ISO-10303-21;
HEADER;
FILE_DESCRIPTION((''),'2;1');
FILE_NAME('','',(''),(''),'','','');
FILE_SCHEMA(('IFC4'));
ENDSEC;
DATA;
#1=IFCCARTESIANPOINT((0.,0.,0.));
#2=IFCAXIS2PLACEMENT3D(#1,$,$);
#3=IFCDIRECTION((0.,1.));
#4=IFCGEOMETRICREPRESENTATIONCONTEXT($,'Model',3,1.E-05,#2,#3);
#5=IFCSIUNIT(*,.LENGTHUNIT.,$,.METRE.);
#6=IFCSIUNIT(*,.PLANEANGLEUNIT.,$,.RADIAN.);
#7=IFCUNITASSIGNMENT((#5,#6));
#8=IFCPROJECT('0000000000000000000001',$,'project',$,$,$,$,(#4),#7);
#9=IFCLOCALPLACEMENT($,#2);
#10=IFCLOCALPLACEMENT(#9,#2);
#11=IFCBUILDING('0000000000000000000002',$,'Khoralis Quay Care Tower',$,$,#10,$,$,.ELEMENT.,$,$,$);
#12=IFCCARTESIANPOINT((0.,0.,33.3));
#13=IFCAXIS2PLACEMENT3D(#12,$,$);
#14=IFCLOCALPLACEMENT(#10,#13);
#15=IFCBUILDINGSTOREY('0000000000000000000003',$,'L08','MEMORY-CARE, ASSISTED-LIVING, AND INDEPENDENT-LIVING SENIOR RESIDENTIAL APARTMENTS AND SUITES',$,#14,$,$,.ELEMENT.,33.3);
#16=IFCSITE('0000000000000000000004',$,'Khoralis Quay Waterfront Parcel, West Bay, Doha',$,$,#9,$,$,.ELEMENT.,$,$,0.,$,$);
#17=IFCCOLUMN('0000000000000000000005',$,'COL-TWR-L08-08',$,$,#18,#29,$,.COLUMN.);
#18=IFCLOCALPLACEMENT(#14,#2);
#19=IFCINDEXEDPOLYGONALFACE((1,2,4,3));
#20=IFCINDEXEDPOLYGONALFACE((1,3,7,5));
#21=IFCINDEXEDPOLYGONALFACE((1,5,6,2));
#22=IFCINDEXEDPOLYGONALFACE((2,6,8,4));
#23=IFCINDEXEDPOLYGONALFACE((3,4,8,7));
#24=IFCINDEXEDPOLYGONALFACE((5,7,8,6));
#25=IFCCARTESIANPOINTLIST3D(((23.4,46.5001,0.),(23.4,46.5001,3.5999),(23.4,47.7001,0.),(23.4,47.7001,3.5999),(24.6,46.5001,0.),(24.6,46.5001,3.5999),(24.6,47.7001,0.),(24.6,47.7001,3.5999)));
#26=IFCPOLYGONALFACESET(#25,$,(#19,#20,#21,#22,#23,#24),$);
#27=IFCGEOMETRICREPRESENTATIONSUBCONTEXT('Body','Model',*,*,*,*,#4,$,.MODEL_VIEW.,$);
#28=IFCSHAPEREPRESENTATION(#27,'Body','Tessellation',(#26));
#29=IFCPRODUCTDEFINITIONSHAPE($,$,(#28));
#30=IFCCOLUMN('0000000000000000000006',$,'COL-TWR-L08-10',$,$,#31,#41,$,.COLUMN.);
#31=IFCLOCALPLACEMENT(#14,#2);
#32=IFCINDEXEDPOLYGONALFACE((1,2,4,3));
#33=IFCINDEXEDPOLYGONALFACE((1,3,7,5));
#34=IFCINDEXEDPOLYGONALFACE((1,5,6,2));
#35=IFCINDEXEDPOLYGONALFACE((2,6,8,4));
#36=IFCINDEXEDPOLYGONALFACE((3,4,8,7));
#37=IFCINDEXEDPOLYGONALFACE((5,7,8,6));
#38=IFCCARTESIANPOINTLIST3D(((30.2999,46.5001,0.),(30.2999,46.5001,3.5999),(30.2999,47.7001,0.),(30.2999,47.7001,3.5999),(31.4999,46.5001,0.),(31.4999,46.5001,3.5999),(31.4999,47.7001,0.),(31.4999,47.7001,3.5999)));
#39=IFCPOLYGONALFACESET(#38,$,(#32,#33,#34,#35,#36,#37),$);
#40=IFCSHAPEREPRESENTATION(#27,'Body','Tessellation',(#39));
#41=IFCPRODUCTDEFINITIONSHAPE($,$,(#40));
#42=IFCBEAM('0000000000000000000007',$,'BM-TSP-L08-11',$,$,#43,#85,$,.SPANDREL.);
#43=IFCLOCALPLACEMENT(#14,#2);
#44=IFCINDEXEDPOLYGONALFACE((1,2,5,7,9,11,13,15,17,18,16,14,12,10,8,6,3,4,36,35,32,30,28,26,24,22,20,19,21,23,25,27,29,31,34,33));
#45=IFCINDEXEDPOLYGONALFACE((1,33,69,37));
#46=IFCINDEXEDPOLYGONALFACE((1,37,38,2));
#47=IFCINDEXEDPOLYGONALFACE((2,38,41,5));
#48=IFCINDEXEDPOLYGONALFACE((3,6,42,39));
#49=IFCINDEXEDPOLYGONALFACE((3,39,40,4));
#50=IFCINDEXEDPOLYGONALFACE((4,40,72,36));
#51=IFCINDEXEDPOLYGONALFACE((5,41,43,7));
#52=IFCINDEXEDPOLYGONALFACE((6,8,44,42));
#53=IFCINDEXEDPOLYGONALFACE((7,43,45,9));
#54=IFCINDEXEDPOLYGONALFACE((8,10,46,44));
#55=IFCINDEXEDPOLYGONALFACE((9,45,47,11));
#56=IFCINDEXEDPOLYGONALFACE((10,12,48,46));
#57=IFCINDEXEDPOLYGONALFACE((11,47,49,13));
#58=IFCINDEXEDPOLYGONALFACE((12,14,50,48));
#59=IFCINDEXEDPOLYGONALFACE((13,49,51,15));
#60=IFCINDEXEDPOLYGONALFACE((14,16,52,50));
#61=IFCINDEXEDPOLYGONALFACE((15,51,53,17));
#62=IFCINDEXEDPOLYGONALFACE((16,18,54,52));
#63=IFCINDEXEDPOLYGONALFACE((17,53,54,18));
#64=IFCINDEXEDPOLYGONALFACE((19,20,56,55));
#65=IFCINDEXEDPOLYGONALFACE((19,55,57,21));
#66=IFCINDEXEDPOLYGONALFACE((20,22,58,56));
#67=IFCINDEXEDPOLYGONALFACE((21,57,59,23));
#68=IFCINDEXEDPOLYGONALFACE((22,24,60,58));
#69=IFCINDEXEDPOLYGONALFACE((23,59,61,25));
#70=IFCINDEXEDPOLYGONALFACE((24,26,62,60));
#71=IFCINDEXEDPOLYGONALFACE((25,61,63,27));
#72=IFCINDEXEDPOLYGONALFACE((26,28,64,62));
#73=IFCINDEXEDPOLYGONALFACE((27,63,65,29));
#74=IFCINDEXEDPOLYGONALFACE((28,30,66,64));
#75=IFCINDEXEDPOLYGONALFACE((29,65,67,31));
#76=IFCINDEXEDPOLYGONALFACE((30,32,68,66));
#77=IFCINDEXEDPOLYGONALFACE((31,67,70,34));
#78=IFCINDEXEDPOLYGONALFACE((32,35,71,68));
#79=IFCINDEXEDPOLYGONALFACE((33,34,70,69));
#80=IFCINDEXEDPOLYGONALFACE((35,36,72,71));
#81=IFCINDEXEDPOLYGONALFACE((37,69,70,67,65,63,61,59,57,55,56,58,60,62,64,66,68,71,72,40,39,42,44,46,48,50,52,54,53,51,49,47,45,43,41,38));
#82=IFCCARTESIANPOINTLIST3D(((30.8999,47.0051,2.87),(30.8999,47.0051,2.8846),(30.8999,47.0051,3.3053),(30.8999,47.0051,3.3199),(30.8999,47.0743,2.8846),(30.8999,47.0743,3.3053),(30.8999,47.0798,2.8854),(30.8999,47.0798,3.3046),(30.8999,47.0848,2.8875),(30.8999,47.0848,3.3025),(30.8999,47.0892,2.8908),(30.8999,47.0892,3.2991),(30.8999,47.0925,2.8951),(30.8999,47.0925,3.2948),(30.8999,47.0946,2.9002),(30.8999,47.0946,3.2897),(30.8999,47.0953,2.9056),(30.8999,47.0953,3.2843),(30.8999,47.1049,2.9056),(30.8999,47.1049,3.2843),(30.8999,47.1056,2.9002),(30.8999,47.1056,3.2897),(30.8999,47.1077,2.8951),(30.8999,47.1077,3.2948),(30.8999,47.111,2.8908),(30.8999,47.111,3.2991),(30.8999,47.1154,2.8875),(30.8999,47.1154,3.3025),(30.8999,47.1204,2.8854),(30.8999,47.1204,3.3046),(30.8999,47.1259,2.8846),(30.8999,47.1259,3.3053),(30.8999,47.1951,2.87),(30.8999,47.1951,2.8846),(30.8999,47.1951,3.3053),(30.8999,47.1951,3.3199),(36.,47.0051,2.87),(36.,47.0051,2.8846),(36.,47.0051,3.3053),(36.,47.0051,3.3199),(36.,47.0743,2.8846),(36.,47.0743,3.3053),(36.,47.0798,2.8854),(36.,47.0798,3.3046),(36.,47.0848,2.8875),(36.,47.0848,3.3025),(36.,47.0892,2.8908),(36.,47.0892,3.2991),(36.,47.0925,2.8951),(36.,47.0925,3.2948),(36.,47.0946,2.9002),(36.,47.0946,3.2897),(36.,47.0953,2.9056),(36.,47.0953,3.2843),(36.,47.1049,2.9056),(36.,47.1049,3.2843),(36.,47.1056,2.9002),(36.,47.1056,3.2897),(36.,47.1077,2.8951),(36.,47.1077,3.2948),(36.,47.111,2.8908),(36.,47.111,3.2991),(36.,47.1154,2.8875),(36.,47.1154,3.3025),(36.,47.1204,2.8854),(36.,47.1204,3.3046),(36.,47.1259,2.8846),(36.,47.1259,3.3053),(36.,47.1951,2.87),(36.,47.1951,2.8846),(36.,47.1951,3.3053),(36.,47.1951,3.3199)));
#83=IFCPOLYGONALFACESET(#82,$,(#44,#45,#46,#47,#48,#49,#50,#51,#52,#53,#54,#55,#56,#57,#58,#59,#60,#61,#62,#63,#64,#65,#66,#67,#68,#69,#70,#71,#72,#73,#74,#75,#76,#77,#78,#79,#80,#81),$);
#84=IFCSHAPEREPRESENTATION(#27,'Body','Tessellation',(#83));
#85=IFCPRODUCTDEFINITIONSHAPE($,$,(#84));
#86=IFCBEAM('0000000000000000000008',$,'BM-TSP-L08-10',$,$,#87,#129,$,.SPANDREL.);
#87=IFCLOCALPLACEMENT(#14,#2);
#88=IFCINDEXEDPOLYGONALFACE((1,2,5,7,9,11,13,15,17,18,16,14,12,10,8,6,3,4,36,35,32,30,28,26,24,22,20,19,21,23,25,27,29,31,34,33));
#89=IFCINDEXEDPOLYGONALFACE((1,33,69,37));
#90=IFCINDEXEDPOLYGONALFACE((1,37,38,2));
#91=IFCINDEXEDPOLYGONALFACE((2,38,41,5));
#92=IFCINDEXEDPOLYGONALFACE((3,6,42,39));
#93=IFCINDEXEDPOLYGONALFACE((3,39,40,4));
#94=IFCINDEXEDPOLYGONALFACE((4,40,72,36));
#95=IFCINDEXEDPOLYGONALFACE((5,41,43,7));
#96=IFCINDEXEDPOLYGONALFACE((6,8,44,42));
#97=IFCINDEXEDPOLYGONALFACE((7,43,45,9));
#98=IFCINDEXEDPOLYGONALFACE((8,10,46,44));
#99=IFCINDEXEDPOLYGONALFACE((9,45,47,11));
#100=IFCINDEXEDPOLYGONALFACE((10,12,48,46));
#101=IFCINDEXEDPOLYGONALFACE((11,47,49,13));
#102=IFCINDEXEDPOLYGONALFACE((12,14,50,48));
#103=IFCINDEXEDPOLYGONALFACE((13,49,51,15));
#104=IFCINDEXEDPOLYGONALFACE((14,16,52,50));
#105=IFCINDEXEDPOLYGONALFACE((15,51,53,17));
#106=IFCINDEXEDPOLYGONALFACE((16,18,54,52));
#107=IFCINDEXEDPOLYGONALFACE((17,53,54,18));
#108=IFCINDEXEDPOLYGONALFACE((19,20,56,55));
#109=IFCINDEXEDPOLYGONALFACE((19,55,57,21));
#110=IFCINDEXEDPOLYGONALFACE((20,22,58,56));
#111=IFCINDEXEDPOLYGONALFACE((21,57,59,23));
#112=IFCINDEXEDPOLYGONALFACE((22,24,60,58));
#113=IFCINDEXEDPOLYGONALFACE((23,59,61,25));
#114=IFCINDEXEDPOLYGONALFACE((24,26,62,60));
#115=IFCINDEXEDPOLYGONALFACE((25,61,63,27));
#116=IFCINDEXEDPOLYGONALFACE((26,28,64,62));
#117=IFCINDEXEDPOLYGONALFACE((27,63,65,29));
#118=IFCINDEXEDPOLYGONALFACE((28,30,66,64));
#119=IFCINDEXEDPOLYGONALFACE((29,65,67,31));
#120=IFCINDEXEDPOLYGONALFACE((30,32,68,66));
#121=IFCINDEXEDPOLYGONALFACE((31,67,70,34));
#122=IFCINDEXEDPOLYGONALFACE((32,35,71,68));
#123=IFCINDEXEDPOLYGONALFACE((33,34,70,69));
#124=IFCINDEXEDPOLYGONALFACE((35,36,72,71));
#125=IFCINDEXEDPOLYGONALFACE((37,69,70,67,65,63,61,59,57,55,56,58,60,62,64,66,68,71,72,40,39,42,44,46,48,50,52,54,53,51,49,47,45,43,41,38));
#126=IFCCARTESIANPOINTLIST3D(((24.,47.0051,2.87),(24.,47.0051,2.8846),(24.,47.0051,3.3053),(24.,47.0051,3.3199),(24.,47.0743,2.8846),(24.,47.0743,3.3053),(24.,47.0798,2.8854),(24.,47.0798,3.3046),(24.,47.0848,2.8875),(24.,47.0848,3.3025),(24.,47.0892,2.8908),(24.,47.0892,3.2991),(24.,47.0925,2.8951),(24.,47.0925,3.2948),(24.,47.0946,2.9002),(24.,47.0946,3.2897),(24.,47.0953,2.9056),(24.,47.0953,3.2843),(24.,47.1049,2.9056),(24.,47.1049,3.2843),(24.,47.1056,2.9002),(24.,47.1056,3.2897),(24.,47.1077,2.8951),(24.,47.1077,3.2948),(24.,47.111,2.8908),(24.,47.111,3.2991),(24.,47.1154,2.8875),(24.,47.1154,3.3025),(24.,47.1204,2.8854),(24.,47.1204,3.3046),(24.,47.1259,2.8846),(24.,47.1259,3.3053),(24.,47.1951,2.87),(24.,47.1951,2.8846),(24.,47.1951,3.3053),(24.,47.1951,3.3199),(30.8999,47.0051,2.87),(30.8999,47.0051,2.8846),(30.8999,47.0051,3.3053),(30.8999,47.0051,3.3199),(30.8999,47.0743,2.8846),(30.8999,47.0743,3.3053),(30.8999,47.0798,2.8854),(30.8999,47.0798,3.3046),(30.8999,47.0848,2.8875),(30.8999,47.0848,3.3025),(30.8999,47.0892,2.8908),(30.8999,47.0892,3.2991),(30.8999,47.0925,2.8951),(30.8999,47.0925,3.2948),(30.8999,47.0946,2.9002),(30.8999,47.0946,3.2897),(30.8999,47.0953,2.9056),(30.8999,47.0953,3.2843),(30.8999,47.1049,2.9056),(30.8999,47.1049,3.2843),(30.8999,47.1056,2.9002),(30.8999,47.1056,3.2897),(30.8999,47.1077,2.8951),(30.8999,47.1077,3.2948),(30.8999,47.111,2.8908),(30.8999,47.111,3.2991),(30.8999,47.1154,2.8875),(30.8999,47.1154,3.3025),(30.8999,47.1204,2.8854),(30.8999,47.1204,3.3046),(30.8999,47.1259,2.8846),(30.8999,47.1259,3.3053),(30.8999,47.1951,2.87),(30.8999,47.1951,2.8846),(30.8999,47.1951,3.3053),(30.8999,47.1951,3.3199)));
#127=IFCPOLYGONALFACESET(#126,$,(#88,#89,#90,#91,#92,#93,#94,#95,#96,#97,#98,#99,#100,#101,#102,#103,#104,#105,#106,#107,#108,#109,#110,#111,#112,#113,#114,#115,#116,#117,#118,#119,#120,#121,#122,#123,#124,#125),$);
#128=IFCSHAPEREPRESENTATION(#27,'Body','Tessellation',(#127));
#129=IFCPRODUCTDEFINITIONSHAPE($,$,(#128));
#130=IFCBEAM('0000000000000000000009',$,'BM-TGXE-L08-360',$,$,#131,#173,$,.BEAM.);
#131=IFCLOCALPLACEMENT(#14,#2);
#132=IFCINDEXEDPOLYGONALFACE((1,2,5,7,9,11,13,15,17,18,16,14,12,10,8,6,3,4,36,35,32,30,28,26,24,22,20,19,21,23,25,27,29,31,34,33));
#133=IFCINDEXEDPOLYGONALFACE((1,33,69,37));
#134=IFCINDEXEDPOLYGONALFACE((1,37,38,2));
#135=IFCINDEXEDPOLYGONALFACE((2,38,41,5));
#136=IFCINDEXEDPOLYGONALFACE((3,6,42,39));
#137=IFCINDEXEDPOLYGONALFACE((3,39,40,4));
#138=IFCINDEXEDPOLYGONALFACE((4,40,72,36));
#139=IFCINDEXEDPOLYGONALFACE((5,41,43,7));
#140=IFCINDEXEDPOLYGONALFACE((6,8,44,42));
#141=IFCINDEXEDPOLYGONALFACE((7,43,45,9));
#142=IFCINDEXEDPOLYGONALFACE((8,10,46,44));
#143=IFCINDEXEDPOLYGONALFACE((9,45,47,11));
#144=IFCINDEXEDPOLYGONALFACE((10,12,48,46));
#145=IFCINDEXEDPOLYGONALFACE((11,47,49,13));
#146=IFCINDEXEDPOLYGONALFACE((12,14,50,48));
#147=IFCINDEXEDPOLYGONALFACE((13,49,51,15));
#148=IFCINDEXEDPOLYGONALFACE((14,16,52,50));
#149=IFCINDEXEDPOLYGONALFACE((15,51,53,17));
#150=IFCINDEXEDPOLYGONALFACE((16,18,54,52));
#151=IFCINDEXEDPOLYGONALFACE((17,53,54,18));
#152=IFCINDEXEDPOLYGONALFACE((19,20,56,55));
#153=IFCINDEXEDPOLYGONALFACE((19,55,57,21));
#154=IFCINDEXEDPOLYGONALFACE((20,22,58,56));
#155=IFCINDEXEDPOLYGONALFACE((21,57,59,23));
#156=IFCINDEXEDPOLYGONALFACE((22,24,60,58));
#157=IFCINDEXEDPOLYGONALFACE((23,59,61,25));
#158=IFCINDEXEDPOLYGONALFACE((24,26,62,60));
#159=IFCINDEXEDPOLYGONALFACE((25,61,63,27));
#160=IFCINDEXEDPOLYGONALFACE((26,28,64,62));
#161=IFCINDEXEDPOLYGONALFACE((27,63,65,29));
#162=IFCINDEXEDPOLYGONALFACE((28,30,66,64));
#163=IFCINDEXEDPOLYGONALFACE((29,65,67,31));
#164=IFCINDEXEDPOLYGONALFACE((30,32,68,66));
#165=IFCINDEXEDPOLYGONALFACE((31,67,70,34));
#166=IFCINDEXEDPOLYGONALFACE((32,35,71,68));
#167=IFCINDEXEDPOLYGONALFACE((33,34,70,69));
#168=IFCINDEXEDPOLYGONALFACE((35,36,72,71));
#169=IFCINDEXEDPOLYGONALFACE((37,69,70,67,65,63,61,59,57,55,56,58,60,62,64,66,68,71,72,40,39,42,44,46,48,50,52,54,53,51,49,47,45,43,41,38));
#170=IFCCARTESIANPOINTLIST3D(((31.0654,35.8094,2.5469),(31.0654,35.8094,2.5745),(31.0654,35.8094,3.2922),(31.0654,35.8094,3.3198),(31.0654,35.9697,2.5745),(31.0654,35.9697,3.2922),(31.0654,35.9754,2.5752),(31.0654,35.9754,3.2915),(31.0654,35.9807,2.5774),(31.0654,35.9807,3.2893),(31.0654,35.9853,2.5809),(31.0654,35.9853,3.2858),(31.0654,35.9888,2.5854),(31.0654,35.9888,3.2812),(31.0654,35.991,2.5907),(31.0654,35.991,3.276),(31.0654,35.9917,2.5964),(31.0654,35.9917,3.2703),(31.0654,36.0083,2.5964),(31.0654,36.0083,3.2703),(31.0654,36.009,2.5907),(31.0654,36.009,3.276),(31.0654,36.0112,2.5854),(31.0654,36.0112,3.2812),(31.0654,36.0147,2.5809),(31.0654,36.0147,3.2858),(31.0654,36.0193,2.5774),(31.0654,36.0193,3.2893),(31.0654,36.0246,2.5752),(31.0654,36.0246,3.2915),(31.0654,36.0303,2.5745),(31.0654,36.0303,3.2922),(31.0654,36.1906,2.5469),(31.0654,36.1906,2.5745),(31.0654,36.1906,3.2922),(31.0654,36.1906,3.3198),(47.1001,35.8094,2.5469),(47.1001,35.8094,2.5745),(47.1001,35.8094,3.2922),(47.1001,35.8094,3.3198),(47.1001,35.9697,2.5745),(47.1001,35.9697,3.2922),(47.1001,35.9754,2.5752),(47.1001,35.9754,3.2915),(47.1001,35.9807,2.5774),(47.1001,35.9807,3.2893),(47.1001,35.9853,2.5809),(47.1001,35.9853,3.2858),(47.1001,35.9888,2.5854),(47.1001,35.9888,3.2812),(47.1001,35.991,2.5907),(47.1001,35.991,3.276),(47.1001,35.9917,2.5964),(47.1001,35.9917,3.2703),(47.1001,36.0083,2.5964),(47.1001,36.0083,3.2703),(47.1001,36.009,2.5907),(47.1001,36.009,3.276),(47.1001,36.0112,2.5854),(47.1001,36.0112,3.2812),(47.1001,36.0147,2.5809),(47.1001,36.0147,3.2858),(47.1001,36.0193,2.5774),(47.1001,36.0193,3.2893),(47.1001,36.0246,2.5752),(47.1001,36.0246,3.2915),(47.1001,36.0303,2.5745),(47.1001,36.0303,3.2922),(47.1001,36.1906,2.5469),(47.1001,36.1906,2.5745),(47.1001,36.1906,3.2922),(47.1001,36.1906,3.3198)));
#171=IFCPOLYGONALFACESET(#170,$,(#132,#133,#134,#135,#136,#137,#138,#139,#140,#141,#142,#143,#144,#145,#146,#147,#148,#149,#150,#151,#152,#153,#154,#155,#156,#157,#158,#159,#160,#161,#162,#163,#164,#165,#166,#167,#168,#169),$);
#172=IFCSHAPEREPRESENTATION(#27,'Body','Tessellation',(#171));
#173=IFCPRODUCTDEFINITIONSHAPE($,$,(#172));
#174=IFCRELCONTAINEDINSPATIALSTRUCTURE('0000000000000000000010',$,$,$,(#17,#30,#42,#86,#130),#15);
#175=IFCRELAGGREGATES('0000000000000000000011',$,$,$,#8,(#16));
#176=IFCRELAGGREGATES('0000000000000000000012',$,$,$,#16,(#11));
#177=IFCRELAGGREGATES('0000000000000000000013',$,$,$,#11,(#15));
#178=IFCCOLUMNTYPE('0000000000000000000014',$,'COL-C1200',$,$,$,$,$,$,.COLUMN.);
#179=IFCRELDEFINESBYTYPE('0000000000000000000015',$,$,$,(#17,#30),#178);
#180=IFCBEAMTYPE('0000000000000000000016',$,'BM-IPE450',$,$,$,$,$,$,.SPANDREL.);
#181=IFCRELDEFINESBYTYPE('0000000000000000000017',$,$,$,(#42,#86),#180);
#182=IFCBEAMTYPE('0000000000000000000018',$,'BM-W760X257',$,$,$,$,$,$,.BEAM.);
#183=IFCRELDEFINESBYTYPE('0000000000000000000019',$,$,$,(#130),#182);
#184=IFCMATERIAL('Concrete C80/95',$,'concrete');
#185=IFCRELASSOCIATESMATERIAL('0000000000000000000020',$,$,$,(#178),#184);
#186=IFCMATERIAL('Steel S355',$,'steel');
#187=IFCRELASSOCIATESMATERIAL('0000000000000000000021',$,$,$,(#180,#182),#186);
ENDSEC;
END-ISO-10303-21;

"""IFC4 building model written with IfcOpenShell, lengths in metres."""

from ifc_helpers import new_model, si_unit, direction, frame, origin, origin_2d, place, context, subcontext, project, spatial, rectangle, i_section, extrude, source, transform, mapped, material, material_profile, profile_set, type_object, element, save


model = new_model("IFC4")

# Units and contexts
model_context = context("Model", 3, precision=1e-05, world=origin(), true_north=direction((0.0, 1.0)))
body_context = subcontext(model_context, "Body", "Model", "MODEL_VIEW")
ifc_project = project(units=[si_unit("LENGTHUNIT", "METRE"), si_unit("PLANEANGLEUNIT", "RADIAN")], contexts=[model_context])

# Site, building, storey
site_placement = place(None, origin())
site = spatial("IfcSite", under=ifc_project, at=site_placement, Name="Khoralis Quay Waterfront Parcel, West Bay, Doha", CompositionType="ELEMENT", RefElevation=0.0)
building_placement = place(site_placement, origin())
building = spatial("IfcBuilding", under=site, at=building_placement, Name="Khoralis Quay Care Tower", CompositionType="ELEMENT")
storey_placement = place(building_placement, frame((0.0, 0.0, 33.3)))
storey = spatial("IfcBuildingStorey", under=building, at=storey_placement, Name="L08", Description="MEMORY-CARE, ASSISTED-LIVING, AND INDEPENDENT-LIVING SENIOR RESIDENTIAL APARTMENTS AND SUITES", CompositionType="ELEMENT", Elevation=33.3)

# Columns
ifc_material_1 = material(Name="Concrete C80/95", Category="concrete")
ifc_material_profile_1 = material_profile(ifc_material_1, rectangle(XDim=1.2, YDim=1.2, at=origin_2d()), Name="Concrete C80/95")
ifc_profile_set_1 = profile_set([ifc_material_profile_1], Name="Concrete C80/95")
column_type = type_object("IfcColumnType", Name="COL-C1200", PredefinedType="COLUMN", material=ifc_profile_set_1)
shared_shape_1 = source(origin(), body_context, "Body", "SweptSolid", [
    extrude(rectangle(XDim=1.2, YDim=1.2, at=origin_2d()), origin(), (0.0, 0.0, 1.0), 3.5999),
])
for number, where, z_axis, x_axis, name in (
    (1, (24.0, 47.1001, 0.0), (0.0, 0.0, 1.0), (1.0, 0.0, 0.0), "COL-TWR-L08-08"),
    (2, (30.8999, 47.1001, 0.0), (0.0, 0.0, 1.0), (1.0, 0.0, 0.0), "COL-TWR-L08-10"),
):
    element("IfcColumn", number, at=place(storey_placement, frame(where, z_axis=z_axis, x_axis=x_axis)), inside=storey, type_object=column_type, Name=name, PredefinedType="COLUMN", context=body_context, shape_type="MappedRepresentation", body=[
        mapped(shared_shape_1, transform((0.0, 0.0, 0.0), scale=1.0)),
    ])

# Beams
ifc_material_2 = material(Name="Steel S355", Category="steel")
ifc_material_profile_2 = material_profile(ifc_material_2, i_section(OverallWidth=0.1899, OverallDepth=0.45, WebThickness=0.0095, FlangeThickness=0.0146, FilletRadius=0.021, at=origin_2d()), Name="Steel S355")
ifc_profile_set_2 = profile_set([ifc_material_profile_2], Name="Steel S355")
beam_type_1 = type_object("IfcBeamType", Name="BM-IPE450", PredefinedType="SPANDREL", material=ifc_profile_set_2)
shared_shape_2 = source(origin(), body_context, "Body", "SweptSolid", [
    extrude(i_section(OverallWidth=0.1899, OverallDepth=0.45, WebThickness=0.0095, FlangeThickness=0.0146, FilletRadius=0.021, at=origin_2d()), origin(), (0.0, 0.0, 1.0), 5.1001),
])
beam_1_placement = place(storey_placement, frame((30.8999, 47.1001, 3.095), z_axis=(1.0, 0.0, 0.0), x_axis=(0.0, 1.0, 0.0)))
element("IfcBeam", 3, at=beam_1_placement, inside=storey, type_object=beam_type_1, Name="BM-TSP-L08-11", PredefinedType="SPANDREL", context=body_context, shape_type="MappedRepresentation", body=[
    mapped(shared_shape_2, transform((0.0, 0.0, 0.0), scale=1.0)),
])
shared_shape_3 = source(origin(), body_context, "Body", "SweptSolid", [
    extrude(i_section(OverallWidth=0.1899, OverallDepth=0.45, WebThickness=0.0095, FlangeThickness=0.0146, FilletRadius=0.021, at=origin_2d()), origin(), (0.0, 0.0, 1.0), 6.8999),
])
beam_2_placement = place(storey_placement, frame((24.0, 47.1001, 3.095), z_axis=(1.0, 0.0, 0.0), x_axis=(0.0, 1.0, 0.0)))
element("IfcBeam", 4, at=beam_2_placement, inside=storey, type_object=beam_type_1, Name="BM-TSP-L08-10", PredefinedType="SPANDREL", context=body_context, shape_type="MappedRepresentation", body=[
    mapped(shared_shape_3, transform((0.0, 0.0, 0.0), scale=1.0)),
])
ifc_material_profile_3 = material_profile(ifc_material_2, i_section(OverallWidth=0.3811, OverallDepth=0.7729, WebThickness=0.0166, FlangeThickness=0.0276, FilletRadius=0.022, at=origin_2d()), Name="Steel S355")
ifc_profile_set_3 = profile_set([ifc_material_profile_3], Name="Steel S355")
beam_type_2 = type_object("IfcBeamType", Name="BM-W760X257", PredefinedType="BEAM", material=ifc_profile_set_3)
shared_shape_4 = source(origin(), body_context, "Body", "SweptSolid", [
    extrude(i_section(OverallWidth=0.3811, OverallDepth=0.7729, WebThickness=0.0166, FlangeThickness=0.0276, FilletRadius=0.022, at=origin_2d()), origin(), (0.0, 0.0, 1.0), 16.0347),
])
for number, where, z_axis, x_axis, name in (
    (5, (31.0654, 36.0, 2.9333), (1.0, 0.0, 0.0), (0.0, 1.0, 0.0), "BM-TGXE-L08-360"),
):
    element("IfcBeam", number, at=place(storey_placement, frame(where, z_axis=z_axis, x_axis=x_axis)), inside=storey, type_object=beam_type_2, Name=name, PredefinedType="BEAM", context=body_context, shape_type="MappedRepresentation", body=[
        mapped(shared_shape_4, transform((0.0, 0.0, 0.0), scale=1.0)),
    ])

save(model, "model.ifc")
